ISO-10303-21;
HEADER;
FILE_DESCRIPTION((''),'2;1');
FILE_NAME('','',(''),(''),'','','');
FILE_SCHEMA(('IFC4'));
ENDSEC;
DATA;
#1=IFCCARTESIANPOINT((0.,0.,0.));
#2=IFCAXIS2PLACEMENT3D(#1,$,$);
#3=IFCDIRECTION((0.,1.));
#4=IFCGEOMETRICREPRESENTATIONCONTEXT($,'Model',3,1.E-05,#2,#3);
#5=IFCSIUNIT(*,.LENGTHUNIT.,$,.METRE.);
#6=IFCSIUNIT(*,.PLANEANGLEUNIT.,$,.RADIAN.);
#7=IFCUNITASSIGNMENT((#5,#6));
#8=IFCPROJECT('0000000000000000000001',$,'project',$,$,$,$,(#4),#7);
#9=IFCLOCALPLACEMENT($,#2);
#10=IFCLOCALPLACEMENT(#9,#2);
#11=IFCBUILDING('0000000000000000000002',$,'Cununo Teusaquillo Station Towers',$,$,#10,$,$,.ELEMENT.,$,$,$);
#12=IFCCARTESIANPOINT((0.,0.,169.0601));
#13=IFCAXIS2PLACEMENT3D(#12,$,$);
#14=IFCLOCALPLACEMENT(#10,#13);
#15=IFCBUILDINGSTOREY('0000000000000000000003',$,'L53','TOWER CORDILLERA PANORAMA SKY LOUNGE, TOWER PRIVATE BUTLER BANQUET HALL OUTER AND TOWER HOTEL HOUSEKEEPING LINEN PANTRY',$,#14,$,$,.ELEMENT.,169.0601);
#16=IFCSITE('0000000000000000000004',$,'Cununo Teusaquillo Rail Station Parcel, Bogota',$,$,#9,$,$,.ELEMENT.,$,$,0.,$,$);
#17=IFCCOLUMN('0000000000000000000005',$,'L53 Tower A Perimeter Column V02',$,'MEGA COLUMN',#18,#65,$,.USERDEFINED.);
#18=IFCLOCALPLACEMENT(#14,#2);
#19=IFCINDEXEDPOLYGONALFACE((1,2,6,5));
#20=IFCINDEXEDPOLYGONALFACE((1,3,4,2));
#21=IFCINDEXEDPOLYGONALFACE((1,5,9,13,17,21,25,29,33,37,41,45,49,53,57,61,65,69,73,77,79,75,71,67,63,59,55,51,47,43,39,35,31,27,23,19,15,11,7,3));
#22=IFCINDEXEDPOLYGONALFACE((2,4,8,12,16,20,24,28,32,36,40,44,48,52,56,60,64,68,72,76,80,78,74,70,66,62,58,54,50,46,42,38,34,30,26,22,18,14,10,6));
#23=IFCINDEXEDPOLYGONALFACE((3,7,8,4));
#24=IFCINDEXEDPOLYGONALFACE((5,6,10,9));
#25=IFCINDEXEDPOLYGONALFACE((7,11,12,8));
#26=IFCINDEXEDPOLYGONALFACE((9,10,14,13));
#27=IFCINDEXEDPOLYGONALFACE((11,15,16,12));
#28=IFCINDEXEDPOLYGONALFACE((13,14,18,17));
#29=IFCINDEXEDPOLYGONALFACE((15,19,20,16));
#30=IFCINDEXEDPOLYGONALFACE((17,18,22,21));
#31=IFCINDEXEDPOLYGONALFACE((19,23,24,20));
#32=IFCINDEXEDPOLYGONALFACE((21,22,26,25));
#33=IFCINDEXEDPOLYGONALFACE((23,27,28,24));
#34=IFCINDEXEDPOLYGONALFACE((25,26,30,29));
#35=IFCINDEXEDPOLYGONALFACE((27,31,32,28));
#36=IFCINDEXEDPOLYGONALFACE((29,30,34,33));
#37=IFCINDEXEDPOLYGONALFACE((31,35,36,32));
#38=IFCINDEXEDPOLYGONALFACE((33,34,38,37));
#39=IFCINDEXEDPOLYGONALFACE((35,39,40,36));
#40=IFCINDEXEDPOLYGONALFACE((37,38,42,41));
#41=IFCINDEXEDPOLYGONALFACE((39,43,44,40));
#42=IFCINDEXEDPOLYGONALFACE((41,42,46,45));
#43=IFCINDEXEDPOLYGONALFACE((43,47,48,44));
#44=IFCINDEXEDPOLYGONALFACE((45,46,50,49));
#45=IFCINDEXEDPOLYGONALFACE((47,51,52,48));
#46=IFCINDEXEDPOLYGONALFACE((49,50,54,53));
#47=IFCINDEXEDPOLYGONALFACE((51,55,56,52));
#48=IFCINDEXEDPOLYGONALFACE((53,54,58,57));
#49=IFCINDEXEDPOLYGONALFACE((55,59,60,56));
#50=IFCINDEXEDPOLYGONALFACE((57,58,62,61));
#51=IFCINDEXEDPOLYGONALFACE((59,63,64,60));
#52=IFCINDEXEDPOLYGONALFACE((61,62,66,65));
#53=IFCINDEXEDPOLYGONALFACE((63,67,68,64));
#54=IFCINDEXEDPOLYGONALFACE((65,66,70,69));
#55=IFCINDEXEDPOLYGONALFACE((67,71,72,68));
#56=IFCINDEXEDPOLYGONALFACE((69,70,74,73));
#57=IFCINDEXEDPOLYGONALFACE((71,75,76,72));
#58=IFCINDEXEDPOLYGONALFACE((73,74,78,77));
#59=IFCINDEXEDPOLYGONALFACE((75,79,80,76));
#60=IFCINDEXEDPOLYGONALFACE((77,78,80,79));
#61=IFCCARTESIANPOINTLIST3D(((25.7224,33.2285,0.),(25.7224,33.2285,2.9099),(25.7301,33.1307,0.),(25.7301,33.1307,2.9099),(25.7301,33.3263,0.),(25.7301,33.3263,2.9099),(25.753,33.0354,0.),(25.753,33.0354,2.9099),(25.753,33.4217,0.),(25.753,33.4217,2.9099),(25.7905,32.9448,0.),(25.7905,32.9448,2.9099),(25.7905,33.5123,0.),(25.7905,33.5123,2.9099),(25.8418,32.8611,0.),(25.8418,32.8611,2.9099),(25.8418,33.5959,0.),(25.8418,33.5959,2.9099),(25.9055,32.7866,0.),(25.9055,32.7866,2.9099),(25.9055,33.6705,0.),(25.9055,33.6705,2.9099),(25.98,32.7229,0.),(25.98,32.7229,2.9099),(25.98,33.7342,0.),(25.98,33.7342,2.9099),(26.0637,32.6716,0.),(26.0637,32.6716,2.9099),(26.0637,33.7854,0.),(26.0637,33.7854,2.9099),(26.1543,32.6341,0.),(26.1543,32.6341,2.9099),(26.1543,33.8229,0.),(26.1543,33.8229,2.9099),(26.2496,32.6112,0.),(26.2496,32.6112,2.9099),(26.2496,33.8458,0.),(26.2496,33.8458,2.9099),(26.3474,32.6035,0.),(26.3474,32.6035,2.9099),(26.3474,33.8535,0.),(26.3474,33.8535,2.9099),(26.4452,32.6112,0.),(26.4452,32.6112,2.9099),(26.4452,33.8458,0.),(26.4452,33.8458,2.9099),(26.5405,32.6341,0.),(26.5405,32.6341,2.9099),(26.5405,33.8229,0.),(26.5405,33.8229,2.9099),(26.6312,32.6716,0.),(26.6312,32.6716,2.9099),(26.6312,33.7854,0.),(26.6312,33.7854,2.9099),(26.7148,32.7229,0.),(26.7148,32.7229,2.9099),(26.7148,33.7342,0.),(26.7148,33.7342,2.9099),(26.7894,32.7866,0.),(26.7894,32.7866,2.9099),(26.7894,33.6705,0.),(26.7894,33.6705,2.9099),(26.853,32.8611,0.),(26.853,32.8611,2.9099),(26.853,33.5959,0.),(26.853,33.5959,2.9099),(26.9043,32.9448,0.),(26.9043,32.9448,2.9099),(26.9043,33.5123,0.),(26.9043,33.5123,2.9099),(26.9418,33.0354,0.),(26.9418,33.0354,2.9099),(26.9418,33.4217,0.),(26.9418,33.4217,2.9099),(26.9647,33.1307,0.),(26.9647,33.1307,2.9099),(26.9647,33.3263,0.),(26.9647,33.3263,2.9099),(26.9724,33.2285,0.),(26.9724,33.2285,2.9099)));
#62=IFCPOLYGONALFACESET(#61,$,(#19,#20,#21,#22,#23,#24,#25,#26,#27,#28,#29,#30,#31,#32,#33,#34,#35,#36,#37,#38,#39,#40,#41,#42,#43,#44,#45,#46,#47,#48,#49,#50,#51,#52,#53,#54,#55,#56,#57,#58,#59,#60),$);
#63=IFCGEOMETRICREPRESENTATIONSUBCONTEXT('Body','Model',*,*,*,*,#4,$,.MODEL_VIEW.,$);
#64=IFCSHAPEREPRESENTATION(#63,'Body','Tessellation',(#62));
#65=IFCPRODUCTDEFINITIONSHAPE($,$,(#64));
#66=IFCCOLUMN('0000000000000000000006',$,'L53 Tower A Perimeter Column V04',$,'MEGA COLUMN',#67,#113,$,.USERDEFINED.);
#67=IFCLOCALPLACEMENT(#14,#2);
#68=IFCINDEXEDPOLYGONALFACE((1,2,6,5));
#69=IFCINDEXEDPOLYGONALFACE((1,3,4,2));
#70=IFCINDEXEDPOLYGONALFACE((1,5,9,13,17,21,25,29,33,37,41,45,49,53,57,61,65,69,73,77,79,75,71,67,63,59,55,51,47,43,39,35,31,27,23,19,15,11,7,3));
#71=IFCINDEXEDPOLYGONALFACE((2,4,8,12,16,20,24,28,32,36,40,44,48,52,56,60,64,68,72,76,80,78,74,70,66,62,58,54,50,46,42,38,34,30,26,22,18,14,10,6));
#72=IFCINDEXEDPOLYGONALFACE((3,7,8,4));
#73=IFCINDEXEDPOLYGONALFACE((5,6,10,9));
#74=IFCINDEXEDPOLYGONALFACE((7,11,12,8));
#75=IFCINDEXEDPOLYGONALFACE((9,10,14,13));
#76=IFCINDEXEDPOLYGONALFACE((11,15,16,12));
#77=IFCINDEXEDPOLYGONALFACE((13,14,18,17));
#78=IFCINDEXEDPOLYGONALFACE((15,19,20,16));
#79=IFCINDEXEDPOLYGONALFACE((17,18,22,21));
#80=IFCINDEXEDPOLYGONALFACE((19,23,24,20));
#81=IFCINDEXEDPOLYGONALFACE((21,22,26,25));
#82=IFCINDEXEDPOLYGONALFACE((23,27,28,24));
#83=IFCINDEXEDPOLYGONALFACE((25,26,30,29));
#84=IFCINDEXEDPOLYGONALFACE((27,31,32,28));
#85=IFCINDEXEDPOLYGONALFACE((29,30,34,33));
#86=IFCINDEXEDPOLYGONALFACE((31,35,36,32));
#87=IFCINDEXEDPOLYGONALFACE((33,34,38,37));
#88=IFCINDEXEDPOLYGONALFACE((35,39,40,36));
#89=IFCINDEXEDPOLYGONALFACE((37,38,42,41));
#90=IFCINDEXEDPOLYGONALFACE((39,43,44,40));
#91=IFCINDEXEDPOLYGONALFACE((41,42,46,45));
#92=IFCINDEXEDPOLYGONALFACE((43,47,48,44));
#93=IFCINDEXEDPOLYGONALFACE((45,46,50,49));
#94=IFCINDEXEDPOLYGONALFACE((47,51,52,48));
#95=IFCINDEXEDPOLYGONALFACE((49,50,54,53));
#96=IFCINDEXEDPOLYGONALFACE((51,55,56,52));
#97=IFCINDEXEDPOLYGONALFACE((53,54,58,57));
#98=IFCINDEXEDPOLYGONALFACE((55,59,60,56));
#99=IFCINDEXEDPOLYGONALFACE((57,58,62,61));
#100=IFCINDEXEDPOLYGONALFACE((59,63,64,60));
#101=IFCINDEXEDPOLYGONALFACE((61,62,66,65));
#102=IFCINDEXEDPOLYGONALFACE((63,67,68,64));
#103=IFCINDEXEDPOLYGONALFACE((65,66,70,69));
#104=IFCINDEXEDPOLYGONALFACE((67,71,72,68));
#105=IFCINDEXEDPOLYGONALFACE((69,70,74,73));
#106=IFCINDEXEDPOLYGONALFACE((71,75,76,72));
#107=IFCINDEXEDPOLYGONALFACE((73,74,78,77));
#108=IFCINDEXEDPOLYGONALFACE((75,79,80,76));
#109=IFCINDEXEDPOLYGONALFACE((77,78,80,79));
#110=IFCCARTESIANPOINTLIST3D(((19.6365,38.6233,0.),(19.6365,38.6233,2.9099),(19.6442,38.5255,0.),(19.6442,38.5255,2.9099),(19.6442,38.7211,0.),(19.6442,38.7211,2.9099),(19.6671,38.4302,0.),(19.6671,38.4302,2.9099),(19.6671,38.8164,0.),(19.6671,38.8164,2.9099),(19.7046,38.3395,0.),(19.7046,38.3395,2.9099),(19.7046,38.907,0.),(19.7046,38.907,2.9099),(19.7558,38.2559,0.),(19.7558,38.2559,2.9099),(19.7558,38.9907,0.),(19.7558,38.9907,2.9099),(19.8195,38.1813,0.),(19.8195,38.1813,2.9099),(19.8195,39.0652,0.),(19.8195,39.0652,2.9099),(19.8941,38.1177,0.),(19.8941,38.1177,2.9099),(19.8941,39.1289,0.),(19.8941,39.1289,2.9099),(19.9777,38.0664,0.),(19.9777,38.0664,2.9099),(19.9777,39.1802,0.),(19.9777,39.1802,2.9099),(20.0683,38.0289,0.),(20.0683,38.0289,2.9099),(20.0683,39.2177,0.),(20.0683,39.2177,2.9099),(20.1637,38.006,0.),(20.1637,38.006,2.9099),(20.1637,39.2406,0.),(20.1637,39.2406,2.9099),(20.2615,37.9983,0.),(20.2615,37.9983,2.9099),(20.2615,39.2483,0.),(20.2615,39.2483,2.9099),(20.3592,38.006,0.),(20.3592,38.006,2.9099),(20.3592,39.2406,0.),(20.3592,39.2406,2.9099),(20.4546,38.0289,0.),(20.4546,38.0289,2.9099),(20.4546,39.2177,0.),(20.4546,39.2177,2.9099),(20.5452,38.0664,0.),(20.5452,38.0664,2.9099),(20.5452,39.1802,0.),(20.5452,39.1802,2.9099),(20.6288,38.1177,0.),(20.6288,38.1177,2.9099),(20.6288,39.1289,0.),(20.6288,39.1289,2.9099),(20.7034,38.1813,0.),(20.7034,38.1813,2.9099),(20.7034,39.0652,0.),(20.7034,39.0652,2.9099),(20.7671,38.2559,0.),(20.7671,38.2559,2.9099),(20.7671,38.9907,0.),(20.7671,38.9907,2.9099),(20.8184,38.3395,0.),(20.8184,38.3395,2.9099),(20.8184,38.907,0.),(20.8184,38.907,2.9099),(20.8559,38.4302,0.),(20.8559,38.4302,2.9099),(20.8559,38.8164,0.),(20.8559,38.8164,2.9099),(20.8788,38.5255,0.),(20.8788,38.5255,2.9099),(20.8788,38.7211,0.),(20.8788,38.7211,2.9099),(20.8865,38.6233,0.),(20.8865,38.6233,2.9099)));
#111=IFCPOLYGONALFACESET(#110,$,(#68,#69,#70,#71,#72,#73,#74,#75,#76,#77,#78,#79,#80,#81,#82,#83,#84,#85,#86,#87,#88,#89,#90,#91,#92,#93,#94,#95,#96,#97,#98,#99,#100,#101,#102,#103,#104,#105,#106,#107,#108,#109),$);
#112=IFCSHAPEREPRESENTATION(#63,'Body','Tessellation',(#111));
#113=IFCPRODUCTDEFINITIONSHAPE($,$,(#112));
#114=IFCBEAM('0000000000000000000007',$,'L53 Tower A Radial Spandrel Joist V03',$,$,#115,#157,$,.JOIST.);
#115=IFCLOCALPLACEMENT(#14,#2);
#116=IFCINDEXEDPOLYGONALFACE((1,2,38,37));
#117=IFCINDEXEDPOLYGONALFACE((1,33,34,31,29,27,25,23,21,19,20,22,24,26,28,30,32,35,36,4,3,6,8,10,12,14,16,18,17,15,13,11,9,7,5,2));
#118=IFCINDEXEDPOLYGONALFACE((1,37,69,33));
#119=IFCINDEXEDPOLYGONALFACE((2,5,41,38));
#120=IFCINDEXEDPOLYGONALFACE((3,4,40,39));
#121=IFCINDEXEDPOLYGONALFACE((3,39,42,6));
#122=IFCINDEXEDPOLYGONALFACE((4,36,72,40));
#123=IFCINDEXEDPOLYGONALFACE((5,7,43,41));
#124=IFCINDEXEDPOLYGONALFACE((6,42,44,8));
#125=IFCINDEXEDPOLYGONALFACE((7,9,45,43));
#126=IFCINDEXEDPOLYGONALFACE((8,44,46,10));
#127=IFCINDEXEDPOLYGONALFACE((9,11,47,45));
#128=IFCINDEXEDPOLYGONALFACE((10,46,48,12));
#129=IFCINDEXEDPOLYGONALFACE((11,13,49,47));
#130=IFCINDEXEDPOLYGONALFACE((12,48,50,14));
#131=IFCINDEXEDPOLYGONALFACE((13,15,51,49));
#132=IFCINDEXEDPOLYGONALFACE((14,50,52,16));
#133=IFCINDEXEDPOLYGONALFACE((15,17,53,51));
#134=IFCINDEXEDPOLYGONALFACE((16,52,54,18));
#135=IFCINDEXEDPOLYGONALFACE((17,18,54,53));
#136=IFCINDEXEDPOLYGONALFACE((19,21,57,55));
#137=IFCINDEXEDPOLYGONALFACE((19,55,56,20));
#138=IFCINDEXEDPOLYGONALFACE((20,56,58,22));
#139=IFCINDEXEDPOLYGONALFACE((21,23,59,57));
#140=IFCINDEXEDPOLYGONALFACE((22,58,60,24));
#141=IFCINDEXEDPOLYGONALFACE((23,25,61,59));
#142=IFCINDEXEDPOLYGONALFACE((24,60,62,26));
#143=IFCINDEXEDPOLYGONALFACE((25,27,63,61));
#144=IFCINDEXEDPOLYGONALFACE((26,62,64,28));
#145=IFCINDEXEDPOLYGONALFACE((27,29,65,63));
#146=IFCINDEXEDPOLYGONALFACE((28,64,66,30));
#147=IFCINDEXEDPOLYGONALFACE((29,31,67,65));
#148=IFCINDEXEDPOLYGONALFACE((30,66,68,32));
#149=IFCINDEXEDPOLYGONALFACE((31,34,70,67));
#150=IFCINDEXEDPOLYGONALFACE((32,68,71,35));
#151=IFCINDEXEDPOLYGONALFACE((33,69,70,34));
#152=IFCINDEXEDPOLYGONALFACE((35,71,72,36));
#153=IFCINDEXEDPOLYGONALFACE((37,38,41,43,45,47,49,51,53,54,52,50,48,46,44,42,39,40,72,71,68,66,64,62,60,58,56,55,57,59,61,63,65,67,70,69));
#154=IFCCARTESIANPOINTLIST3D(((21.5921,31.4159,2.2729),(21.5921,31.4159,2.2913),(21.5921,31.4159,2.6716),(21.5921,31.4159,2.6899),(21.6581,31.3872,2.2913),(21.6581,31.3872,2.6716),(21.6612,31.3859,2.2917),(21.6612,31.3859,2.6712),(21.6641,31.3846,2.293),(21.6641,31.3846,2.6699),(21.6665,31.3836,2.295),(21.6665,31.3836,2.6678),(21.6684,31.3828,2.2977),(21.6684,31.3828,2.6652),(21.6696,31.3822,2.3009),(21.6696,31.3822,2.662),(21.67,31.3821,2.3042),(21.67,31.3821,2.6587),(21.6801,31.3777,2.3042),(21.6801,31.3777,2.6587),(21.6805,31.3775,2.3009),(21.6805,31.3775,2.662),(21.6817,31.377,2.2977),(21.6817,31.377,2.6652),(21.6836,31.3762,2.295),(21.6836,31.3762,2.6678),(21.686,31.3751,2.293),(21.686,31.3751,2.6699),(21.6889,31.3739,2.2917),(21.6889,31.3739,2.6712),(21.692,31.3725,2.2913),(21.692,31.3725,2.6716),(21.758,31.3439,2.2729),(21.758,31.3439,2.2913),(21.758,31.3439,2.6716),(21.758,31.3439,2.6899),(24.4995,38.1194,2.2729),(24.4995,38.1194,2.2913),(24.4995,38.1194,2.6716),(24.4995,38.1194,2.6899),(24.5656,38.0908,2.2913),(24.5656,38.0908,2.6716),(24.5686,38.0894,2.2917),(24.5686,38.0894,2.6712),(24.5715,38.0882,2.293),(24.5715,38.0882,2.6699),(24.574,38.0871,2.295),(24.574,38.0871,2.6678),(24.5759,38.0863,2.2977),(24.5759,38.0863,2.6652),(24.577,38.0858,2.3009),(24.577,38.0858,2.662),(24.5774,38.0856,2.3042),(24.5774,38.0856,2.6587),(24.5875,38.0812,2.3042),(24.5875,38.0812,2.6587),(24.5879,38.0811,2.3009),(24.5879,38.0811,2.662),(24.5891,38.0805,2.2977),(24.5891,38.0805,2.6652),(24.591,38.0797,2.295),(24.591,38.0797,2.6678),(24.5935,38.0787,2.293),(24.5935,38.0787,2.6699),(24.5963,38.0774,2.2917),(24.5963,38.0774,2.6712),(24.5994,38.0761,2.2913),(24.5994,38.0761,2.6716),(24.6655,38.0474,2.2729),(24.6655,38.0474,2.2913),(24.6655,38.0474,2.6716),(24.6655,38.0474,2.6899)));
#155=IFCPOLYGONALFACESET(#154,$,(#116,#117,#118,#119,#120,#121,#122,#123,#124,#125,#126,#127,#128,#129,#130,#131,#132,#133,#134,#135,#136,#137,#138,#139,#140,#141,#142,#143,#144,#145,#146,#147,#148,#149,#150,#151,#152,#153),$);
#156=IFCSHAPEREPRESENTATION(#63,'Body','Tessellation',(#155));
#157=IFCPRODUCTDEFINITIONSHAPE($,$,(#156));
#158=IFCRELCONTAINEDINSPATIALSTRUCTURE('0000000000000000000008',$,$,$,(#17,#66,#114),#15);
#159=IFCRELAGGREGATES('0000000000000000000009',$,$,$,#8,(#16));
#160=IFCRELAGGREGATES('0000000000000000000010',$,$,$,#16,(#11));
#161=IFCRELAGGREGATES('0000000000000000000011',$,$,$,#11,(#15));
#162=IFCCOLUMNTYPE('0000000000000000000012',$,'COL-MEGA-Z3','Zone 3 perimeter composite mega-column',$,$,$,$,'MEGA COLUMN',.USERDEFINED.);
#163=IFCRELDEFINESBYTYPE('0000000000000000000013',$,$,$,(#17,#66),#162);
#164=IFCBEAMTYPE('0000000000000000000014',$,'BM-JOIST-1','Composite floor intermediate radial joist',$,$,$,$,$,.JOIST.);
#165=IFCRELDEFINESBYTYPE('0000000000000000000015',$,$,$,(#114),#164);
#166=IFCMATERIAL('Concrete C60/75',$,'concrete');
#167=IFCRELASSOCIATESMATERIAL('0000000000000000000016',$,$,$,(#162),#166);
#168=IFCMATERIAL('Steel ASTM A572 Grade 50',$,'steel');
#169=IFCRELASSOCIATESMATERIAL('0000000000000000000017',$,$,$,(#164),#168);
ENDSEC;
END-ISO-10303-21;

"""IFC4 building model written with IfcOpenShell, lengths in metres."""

from ifc_helpers import new_model, si_unit, direction, frame, origin, origin_2d, place, context, subcontext, project, spatial, circle, i_section, extrude, material, material_profile, profile_set, type_object, element, save


model = new_model("IFC4")

# Units and contexts
model_context = context("Model", 3, precision=1e-05, world=origin(), true_north=direction((0.0, 1.0)))
body_context = subcontext(model_context, "Body", "Model", "MODEL_VIEW")
ifc_project = project(units=[si_unit("LENGTHUNIT", "METRE"), si_unit("PLANEANGLEUNIT", "RADIAN")], contexts=[model_context])

# Site, building, storey
site_placement = place(None, origin())
site = spatial("IfcSite", under=ifc_project, at=site_placement, Name="Cununo Teusaquillo Rail Station Parcel, Bogota", CompositionType="ELEMENT", RefElevation=0.0)
building_placement = place(site_placement, origin())
building = spatial("IfcBuilding", under=site, at=building_placement, Name="Cununo Teusaquillo Station Towers", CompositionType="ELEMENT")
storey_placement = place(building_placement, frame((0.0, 0.0, 169.0601)))
storey = spatial("IfcBuildingStorey", under=building, at=storey_placement, Name="L53", Description="TOWER CORDILLERA PANORAMA SKY LOUNGE, TOWER PRIVATE BUTLER BANQUET HALL OUTER AND TOWER HOTEL HOUSEKEEPING LINEN PANTRY", CompositionType="ELEMENT", Elevation=169.0601)

# Columns
ifc_material_1 = material(Name="Concrete C60/75", Category="concrete")
ifc_material_profile_1 = material_profile(ifc_material_1, circle(Radius=0.625, at=origin_2d()), Name="RC-CIRC-1250")
ifc_profile_set_1 = profile_set([ifc_material_profile_1], Name="Concrete C60/75")
column_type = type_object("IfcColumnType", Name="COL-MEGA-Z3", Description="Zone 3 perimeter composite mega-column", ElementType="MEGA COLUMN", PredefinedType="USERDEFINED", material=ifc_profile_set_1)
for number, where, z_axis, x_axis, name in (
    (1, (26.3474, 33.2285, 0.0), (0.0, 0.0, 1.0), (1.0, 0.0, 0.0), "L53 Tower A Perimeter Column V02"),
    (2, (20.2615, 38.6233, 0.0), (0.0, 0.0, 1.0), (1.0, 0.0, 0.0), "L53 Tower A Perimeter Column V04"),
):
    element("IfcColumn", number, at=place(storey_placement, frame(where, z_axis=z_axis, x_axis=x_axis)), inside=storey, type_object=column_type, Name=name, ObjectType="MEGA COLUMN", PredefinedType="USERDEFINED", context=body_context, shape_type="SweptSolid", body=[
        extrude(circle(Radius=0.625, at=origin_2d()), origin(), (0.0, 0.0, 1.0), 2.9099),
    ])

# Beam
ifc_material_2 = material(Name="Steel ASTM A572 Grade 50", Category="steel")
ifc_material_profile_2 = material_profile(ifc_material_2, i_section(OverallWidth=0.1809, OverallDepth=0.417, WebThickness=0.011, FlangeThickness=0.0183, FilletRadius=0.0129, at=origin_2d()), Name="W16X57")
ifc_profile_set_2 = profile_set([ifc_material_profile_2], Name="Steel ASTM A572 Grade 50")
beam_type_1 = type_object("IfcBeamType", Name="BM-JOIST-1", Description="Composite floor intermediate radial joist", PredefinedType="JOIST", material=ifc_profile_set_2)
beam_1_placement = place(storey_placement, frame((21.675, 31.3799, 2.4814), z_axis=(0.397904, 0.917427, 0.0), x_axis=(-0.917427, 0.397904, 0.0)))
element("IfcBeam", 3, at=beam_1_placement, inside=storey, type_object=beam_type_1, Name="L53 Tower A Radial Spandrel Joist V03", PredefinedType="JOIST", context=body_context, shape_type="SweptSolid", body=[
    extrude(i_section(OverallWidth=0.1809, OverallDepth=0.417, WebThickness=0.011, FlangeThickness=0.0183, FilletRadius=0.0129, at=origin_2d()), origin(), (0.0, 0.0, 1.0), 7.3069),
])

save(model, "model.ifc")
